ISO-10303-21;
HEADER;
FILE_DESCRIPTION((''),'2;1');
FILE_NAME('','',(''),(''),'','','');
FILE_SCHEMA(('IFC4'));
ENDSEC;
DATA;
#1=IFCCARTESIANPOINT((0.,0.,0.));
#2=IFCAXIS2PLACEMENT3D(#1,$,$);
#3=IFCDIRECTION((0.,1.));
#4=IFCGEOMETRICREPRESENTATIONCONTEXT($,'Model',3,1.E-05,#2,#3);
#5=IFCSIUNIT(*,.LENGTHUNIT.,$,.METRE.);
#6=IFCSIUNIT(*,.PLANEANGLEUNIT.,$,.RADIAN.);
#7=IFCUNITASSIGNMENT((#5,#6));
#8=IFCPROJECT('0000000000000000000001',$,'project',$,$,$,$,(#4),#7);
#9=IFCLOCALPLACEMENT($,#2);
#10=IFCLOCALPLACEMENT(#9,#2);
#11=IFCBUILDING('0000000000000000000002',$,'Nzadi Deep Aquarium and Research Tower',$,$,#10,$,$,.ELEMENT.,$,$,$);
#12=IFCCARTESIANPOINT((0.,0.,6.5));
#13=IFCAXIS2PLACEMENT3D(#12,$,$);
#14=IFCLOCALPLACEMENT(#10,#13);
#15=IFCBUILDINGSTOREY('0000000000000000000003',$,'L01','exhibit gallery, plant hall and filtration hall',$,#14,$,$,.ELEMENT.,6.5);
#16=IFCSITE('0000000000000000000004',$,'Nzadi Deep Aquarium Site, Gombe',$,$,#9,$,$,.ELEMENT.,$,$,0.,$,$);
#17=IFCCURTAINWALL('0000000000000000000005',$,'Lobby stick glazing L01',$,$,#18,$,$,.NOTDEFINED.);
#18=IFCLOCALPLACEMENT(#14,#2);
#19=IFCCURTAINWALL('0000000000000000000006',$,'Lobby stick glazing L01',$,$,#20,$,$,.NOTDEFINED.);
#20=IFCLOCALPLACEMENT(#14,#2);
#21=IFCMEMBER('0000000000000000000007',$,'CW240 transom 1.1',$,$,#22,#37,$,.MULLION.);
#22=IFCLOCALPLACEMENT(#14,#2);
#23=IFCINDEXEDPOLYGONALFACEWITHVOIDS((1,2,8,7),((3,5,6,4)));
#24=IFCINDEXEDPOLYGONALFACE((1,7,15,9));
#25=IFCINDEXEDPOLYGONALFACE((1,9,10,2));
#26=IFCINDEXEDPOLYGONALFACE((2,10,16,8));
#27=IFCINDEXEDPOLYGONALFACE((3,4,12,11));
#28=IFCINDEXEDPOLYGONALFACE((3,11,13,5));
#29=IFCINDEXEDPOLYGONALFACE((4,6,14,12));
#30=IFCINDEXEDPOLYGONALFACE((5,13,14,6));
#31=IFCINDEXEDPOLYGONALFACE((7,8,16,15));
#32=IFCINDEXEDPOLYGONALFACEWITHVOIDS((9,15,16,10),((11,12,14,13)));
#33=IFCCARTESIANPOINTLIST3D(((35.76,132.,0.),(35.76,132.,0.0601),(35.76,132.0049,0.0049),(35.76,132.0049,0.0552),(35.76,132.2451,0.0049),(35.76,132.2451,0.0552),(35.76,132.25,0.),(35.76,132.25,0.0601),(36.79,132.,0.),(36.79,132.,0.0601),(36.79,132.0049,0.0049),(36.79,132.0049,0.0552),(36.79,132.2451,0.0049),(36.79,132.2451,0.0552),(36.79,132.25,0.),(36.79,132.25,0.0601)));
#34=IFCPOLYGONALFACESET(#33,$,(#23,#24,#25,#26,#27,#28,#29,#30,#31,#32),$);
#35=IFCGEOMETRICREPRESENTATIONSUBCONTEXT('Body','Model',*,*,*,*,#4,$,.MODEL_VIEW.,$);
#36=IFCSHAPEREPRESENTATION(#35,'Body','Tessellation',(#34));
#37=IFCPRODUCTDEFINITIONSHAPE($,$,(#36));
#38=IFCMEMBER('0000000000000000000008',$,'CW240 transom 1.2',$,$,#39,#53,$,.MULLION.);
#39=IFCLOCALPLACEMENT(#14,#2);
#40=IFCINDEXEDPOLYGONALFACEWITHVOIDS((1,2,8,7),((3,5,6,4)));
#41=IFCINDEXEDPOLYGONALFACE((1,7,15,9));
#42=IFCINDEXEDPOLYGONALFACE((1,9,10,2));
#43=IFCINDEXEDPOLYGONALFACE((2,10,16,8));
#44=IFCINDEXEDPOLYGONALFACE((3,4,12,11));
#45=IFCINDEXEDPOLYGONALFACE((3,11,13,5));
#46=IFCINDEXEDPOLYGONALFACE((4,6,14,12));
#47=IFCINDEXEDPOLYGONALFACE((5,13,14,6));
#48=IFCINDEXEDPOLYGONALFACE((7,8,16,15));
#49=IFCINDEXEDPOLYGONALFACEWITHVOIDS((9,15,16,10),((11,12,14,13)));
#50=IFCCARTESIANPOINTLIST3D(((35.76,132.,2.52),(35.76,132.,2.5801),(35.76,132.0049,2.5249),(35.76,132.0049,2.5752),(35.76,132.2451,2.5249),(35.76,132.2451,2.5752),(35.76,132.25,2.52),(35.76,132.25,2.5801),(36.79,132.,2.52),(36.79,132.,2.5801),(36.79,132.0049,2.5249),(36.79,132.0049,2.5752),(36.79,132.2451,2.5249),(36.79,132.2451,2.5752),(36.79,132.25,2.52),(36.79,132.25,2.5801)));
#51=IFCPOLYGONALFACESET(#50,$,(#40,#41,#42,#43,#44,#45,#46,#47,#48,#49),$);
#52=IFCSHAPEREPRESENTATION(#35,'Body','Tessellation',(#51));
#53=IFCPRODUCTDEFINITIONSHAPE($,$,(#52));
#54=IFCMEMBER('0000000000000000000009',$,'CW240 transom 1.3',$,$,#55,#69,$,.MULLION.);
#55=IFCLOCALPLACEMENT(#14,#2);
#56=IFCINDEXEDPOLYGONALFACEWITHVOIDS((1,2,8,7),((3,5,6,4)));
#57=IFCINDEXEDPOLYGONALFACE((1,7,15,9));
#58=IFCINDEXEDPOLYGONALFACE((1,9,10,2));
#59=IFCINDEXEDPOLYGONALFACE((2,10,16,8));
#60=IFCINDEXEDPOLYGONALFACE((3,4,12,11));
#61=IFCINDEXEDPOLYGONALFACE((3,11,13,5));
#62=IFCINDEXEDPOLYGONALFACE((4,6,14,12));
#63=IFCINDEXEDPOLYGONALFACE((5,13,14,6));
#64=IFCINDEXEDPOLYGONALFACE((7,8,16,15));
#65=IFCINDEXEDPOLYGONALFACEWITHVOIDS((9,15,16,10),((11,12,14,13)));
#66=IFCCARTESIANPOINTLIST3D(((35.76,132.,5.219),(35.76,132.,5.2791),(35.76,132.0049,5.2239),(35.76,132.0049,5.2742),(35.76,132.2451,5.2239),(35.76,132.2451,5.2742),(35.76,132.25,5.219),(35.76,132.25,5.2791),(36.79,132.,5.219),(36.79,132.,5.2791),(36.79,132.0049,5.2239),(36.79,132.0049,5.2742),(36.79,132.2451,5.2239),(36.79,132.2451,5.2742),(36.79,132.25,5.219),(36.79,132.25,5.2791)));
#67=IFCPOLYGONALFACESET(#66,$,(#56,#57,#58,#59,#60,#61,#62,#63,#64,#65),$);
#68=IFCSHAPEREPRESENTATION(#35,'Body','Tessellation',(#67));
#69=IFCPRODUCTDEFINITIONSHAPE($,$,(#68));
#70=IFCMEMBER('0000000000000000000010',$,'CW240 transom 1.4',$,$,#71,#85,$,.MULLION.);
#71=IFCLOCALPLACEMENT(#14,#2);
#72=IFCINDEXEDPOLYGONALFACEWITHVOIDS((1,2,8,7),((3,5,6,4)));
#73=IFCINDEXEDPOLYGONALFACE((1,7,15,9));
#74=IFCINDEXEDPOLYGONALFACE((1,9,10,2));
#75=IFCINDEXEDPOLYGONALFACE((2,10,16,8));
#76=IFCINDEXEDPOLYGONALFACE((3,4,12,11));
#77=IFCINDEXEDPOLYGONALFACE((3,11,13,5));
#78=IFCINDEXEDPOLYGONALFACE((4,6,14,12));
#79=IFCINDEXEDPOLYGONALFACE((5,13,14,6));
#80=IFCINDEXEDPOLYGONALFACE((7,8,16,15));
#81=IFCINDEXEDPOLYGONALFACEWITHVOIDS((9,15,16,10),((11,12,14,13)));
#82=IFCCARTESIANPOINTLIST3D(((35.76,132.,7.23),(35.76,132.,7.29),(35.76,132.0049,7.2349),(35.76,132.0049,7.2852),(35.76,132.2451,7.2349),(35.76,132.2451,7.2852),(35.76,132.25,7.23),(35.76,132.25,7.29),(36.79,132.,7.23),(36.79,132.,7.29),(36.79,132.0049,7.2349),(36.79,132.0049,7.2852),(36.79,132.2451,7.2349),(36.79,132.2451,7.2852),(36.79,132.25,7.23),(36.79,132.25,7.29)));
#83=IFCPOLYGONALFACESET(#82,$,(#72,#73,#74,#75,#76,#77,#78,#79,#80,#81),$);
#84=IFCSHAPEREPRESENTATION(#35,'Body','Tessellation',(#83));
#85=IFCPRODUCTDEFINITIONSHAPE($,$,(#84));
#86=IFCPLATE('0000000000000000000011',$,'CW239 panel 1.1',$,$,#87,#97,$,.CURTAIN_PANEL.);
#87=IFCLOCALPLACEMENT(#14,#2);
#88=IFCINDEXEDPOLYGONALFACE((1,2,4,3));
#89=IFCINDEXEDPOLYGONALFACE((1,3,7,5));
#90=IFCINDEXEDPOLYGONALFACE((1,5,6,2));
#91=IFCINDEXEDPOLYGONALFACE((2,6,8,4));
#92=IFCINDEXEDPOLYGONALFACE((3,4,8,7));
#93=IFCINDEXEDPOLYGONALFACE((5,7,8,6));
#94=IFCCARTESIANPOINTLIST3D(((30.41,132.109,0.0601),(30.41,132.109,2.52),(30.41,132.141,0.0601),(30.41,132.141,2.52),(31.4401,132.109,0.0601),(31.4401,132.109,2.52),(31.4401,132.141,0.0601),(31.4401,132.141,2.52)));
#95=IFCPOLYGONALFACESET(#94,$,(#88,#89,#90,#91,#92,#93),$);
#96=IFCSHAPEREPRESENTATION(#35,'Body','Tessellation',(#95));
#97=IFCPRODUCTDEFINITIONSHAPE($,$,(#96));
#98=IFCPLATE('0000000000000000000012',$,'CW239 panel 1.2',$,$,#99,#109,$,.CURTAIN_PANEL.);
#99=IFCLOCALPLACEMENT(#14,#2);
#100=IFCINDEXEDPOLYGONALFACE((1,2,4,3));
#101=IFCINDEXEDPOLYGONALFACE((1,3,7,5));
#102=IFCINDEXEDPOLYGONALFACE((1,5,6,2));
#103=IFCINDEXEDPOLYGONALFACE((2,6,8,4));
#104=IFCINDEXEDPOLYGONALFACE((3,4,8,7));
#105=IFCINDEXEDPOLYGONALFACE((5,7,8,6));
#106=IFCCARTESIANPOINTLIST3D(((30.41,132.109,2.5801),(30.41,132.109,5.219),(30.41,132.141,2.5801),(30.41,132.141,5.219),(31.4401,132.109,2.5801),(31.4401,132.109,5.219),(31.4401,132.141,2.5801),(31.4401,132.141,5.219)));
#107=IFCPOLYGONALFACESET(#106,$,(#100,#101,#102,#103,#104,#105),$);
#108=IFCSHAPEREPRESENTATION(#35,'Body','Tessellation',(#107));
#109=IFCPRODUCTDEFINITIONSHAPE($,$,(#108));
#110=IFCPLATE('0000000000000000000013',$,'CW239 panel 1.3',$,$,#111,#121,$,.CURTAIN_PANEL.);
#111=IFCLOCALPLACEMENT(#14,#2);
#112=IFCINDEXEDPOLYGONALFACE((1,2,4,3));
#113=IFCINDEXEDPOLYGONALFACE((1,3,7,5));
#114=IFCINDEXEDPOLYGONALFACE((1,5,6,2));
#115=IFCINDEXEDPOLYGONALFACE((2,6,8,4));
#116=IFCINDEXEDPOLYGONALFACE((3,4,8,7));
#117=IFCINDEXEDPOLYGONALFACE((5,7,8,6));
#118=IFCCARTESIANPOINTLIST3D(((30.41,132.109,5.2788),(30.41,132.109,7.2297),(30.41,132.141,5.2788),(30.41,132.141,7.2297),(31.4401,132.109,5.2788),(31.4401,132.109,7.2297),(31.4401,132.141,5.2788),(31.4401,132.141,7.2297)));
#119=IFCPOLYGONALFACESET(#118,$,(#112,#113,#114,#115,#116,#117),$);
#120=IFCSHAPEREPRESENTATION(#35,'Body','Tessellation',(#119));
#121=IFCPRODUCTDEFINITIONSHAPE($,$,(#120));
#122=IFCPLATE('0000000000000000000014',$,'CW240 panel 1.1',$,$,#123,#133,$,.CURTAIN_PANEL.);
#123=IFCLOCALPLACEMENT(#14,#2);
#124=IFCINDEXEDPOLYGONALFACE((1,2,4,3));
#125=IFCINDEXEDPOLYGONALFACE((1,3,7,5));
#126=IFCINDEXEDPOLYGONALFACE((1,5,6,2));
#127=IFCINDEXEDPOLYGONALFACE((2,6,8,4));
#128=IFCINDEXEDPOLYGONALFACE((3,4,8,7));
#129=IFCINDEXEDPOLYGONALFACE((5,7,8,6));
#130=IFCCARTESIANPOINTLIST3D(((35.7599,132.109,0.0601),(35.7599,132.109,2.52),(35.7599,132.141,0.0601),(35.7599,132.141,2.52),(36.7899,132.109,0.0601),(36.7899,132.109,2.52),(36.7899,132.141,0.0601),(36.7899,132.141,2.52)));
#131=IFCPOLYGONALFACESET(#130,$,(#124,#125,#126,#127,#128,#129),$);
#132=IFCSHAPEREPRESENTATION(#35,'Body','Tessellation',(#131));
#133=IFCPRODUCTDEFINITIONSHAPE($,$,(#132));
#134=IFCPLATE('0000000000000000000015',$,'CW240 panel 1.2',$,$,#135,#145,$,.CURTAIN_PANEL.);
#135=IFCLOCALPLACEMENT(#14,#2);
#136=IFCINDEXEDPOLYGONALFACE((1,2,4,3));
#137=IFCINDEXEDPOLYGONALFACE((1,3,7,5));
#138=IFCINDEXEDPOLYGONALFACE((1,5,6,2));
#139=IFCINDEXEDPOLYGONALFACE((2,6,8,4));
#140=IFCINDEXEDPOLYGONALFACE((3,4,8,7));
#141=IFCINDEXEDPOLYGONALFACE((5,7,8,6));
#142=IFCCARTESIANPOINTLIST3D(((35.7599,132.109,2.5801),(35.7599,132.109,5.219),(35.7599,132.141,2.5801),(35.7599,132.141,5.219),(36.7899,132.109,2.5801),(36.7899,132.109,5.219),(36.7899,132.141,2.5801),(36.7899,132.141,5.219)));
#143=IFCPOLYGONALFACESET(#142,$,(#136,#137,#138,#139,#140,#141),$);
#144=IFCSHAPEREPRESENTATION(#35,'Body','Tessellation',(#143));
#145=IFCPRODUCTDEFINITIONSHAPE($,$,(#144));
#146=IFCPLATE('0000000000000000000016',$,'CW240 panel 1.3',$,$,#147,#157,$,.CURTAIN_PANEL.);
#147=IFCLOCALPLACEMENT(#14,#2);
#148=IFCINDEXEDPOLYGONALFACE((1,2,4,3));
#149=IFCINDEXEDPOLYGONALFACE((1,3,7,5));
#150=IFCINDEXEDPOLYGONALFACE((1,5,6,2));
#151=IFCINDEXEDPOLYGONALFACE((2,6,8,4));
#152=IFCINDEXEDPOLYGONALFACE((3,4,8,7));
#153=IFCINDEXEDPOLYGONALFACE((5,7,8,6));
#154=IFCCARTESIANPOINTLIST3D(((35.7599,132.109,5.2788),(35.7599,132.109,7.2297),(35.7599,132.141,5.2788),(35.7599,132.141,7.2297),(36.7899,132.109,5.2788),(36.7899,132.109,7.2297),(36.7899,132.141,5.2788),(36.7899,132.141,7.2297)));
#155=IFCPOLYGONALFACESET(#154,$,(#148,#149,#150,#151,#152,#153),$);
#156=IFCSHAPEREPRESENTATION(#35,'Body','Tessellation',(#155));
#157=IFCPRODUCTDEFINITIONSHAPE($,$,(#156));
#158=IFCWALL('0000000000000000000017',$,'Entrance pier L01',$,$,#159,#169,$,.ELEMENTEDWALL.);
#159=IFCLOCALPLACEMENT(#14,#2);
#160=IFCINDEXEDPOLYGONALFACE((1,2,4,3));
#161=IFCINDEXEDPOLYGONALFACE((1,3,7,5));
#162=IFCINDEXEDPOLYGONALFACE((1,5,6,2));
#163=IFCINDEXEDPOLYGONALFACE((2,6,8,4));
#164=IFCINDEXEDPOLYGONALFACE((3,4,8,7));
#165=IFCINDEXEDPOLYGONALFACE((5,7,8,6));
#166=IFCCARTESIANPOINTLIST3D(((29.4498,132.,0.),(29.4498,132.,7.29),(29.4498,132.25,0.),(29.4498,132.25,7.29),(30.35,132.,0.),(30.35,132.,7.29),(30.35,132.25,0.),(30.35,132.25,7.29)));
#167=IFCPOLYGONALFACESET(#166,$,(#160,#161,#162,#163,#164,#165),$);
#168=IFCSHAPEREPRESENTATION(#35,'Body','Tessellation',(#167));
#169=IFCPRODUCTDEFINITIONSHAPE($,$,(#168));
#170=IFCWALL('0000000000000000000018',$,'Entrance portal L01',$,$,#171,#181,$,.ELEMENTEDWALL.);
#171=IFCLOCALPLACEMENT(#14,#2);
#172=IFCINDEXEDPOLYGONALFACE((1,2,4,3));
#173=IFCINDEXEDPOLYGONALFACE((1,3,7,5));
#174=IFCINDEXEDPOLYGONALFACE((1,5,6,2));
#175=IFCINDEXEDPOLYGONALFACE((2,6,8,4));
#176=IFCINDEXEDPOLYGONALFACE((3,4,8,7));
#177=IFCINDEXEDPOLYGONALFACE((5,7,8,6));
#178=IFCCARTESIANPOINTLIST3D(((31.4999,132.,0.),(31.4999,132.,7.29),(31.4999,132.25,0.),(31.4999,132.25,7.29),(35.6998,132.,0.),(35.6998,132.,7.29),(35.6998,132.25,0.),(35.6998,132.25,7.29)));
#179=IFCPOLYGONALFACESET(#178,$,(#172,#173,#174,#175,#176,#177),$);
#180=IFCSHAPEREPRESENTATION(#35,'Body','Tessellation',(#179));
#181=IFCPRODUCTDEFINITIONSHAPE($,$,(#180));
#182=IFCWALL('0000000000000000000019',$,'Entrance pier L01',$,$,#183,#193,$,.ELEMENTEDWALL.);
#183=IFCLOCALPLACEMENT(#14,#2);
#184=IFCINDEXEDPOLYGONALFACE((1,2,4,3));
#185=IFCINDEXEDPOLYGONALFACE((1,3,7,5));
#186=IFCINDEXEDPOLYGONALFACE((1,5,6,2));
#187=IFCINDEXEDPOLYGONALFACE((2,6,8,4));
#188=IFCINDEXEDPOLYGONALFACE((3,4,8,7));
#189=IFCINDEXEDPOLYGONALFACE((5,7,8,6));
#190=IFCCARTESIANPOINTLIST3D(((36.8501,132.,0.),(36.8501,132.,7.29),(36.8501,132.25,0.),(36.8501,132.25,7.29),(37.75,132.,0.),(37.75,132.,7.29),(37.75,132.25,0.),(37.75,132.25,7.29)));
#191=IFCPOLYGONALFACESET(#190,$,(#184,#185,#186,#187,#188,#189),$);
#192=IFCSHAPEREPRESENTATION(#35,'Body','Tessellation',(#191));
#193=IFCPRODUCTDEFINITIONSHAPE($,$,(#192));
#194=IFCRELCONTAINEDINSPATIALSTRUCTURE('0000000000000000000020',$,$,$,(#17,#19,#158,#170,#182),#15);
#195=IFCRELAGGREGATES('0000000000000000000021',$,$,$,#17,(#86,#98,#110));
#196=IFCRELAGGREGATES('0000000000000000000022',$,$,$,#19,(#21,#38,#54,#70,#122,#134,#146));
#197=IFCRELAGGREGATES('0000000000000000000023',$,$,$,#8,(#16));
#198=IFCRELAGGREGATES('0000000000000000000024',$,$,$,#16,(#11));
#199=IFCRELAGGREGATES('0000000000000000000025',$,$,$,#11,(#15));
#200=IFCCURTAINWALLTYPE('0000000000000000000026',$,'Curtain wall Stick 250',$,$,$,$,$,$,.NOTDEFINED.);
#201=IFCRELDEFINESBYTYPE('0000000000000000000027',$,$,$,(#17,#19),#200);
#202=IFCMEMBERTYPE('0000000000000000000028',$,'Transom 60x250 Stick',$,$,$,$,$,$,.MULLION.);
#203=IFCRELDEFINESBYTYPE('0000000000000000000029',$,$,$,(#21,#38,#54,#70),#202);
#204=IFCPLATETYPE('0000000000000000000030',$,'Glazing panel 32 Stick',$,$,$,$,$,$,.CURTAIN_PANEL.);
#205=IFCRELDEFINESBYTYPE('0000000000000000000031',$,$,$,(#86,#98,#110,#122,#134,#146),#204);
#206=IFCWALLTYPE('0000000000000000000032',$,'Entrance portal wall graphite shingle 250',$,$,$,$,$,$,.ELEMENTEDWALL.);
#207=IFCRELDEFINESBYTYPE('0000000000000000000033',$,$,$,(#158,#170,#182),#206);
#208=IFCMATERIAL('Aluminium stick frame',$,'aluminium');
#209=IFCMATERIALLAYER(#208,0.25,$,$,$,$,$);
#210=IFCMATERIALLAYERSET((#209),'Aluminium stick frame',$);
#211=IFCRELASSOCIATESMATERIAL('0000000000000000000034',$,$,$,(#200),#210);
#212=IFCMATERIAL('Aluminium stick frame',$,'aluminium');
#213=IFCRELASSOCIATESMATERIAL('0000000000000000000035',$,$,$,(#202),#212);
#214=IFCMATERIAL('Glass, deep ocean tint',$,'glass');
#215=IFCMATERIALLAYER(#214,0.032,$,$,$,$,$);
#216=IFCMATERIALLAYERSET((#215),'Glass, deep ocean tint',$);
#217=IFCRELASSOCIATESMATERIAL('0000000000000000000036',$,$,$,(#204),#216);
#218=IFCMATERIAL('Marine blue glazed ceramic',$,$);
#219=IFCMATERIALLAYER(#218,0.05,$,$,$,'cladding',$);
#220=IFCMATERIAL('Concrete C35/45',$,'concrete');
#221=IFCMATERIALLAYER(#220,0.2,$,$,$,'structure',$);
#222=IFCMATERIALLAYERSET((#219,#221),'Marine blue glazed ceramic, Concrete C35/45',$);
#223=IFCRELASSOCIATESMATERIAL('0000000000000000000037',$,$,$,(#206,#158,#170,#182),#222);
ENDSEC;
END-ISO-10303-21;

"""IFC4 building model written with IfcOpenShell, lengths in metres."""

from ifc_helpers import new_model, si_unit, direction, frame, frame_2d, origin, origin_2d, place, context, subcontext, project, spatial, rectangle, hollow_rectangle, extrude, material, layer, layer_set, layer_usage, material_profile, profile_set, type_object, element, aggregate, save


model = new_model("IFC4")

# Units and contexts
model_context = context("Model", 3, precision=1e-05, world=origin(), true_north=direction((0.0, 1.0)))
body_context = subcontext(model_context, "Body", "Model", "MODEL_VIEW")
ifc_project = project(units=[si_unit("LENGTHUNIT", "METRE"), si_unit("PLANEANGLEUNIT", "RADIAN")], contexts=[model_context])

# Site, building, storey
site_placement = place(None, origin())
site = spatial("IfcSite", under=ifc_project, at=site_placement, Name="Nzadi Deep Aquarium Site, Gombe", CompositionType="ELEMENT", RefElevation=0.0)
building_placement = place(site_placement, origin())
building = spatial("IfcBuilding", under=site, at=building_placement, Name="Nzadi Deep Aquarium and Research Tower", CompositionType="ELEMENT")
storey_placement = place(building_placement, frame((0.0, 0.0, 6.5)))
storey = spatial("IfcBuildingStorey", under=building, at=storey_placement, Name="L01", Description="exhibit gallery, plant hall and filtration hall", CompositionType="ELEMENT", Elevation=6.5)

# Curtain walls
ifc_material_1 = material(Name="Aluminium stick frame", Category="aluminium")
ifc_layer_1 = layer(ifc_material_1, 0.25)
ifc_layer_set_1 = layer_set([ifc_layer_1], Name="Aluminium stick frame")
curtain_wall_type = type_object("IfcCurtainWallType", Name="Curtain wall Stick 250", PredefinedType="NOTDEFINED", material=ifc_layer_set_1)
curtain_wall_1_placement = place(storey_placement, origin())
curtain_wall_1 = element("IfcCurtainWall", 1, at=curtain_wall_1_placement, inside=storey, type_object=curtain_wall_type, Name="Lobby stick glazing L01", PredefinedType="NOTDEFINED")
curtain_wall_2_placement = place(storey_placement, origin())
curtain_wall_2 = element("IfcCurtainWall", 2, at=curtain_wall_2_placement, inside=storey, type_object=curtain_wall_type, Name="Lobby stick glazing L01", PredefinedType="NOTDEFINED")

# Members
ifc_material_2 = material(Name="Aluminium stick frame", Category="aluminium")
ifc_material_profile_1 = material_profile(ifc_material_2, hollow_rectangle(XDim=0.25, YDim=0.0601, WallThickness=0.0049, at=origin_2d()))
ifc_profile_set_1 = profile_set([ifc_material_profile_1], Name="Aluminium stick frame")
member_type_1 = type_object("IfcMemberType", Name="Transom 60x250 Stick", PredefinedType="MULLION", material=ifc_profile_set_1)
member_1_placement = place(storey_placement, frame((35.76, 132.125, 0.03), z_axis=(1.0, 0.0, 0.0), x_axis=(0.0, 1.0, 0.0)))
member_1 = element("IfcMember", 3, at=member_1_placement, type_object=member_type_1, Name="CW240 transom 1.1", PredefinedType="MULLION", context=body_context, shape_type="SweptSolid", body=[
    extrude(hollow_rectangle(XDim=0.25, YDim=0.0601, WallThickness=0.0049, at=origin_2d()), origin(), (0.0, 0.0, 1.0), 1.03),
])
member_2_placement = place(storey_placement, frame((35.76, 132.125, 2.55), z_axis=(1.0, 0.0, 0.0), x_axis=(0.0, 1.0, 0.0)))
member_2 = element("IfcMember", 4, at=member_2_placement, type_object=member_type_1, Name="CW240 transom 1.2", PredefinedType="MULLION", context=body_context, shape_type="SweptSolid", body=[
    extrude(hollow_rectangle(XDim=0.25, YDim=0.0601, WallThickness=0.0049, at=origin_2d()), origin(), (0.0, 0.0, 1.0), 1.03),
])
member_3_placement = place(storey_placement, frame((35.76, 132.125, 5.249), z_axis=(1.0, 0.0, 0.0), x_axis=(0.0, 1.0, 0.0)))
member_3 = element("IfcMember", 5, at=member_3_placement, type_object=member_type_1, Name="CW240 transom 1.3", PredefinedType="MULLION", context=body_context, shape_type="SweptSolid", body=[
    extrude(hollow_rectangle(XDim=0.25, YDim=0.0601, WallThickness=0.0049, at=origin_2d()), origin(), (0.0, 0.0, 1.0), 1.03),
])
member_4_placement = place(storey_placement, frame((35.76, 132.125, 7.26), z_axis=(1.0, 0.0, 0.0), x_axis=(0.0, 1.0, 0.0)))
member_4 = element("IfcMember", 6, at=member_4_placement, type_object=member_type_1, Name="CW240 transom 1.4", PredefinedType="MULLION", context=body_context, shape_type="SweptSolid", body=[
    extrude(hollow_rectangle(XDim=0.25, YDim=0.0601, WallThickness=0.0049, at=origin_2d()), origin(), (0.0, 0.0, 1.0), 1.03),
])

# Plates
ifc_material_3 = material(Name="Glass, deep ocean tint", Category="glass")
ifc_layer_2 = layer(ifc_material_3, 0.032)
ifc_layer_set_2 = layer_set([ifc_layer_2], Name="Glass, deep ocean tint")
plate_type = type_object("IfcPlateType", Name="Glazing panel 32 Stick", PredefinedType="CURTAIN_PANEL", material=ifc_layer_set_2)
plate_1_placement = place(storey_placement, frame((30.925, 132.125, 0.0601), z_axis=(0.0, 0.0, 1.0), x_axis=(1.0, 0.0, 0.0)))
plate_1 = element("IfcPlate", 7, at=plate_1_placement, type_object=plate_type, Name="CW239 panel 1.1", PredefinedType="CURTAIN_PANEL", context=body_context, shape_type="SweptSolid", body=[
    extrude(rectangle(XDim=1.03, YDim=0.032, at=origin_2d()), origin(), (0.0, 0.0, 1.0), 2.46),
])
plate_2_placement = place(storey_placement, frame((30.925, 132.125, 2.5801), z_axis=(0.0, 0.0, 1.0), x_axis=(1.0, 0.0, 0.0)))
plate_2 = element("IfcPlate", 8, at=plate_2_placement, type_object=plate_type, Name="CW239 panel 1.2", PredefinedType="CURTAIN_PANEL", context=body_context, shape_type="SweptSolid", body=[
    extrude(rectangle(XDim=1.03, YDim=0.032, at=origin_2d()), origin(), (0.0, 0.0, 1.0), 2.6389),
])
plate_3_placement = place(storey_placement, frame((30.925, 132.125, 5.2788), z_axis=(0.0, 0.0, 1.0), x_axis=(1.0, 0.0, 0.0)))
plate_3 = element("IfcPlate", 9, at=plate_3_placement, type_object=plate_type, Name="CW239 panel 1.3", PredefinedType="CURTAIN_PANEL", context=body_context, shape_type="SweptSolid", body=[
    extrude(rectangle(XDim=1.03, YDim=0.032, at=origin_2d()), origin(), (0.0, 0.0, 1.0), 1.9509),
])
aggregate(curtain_wall_1, [plate_1, plate_2, plate_3])
plate_4_placement = place(storey_placement, frame((36.2749, 132.125, 0.0601), z_axis=(0.0, 0.0, 1.0), x_axis=(1.0, 0.0, 0.0)))
plate_4 = element("IfcPlate", 10, at=plate_4_placement, type_object=plate_type, Name="CW240 panel 1.1", PredefinedType="CURTAIN_PANEL", context=body_context, shape_type="SweptSolid", body=[
    extrude(rectangle(XDim=1.03, YDim=0.032, at=origin_2d()), origin(), (0.0, 0.0, 1.0), 2.46),
])
plate_5_placement = place(storey_placement, frame((36.2749, 132.125, 2.5801), z_axis=(0.0, 0.0, 1.0), x_axis=(1.0, 0.0, 0.0)))
plate_5 = element("IfcPlate", 11, at=plate_5_placement, type_object=plate_type, Name="CW240 panel 1.2", PredefinedType="CURTAIN_PANEL", context=body_context, shape_type="SweptSolid", body=[
    extrude(rectangle(XDim=1.03, YDim=0.032, at=origin_2d()), origin(), (0.0, 0.0, 1.0), 2.6389),
])
plate_6_placement = place(storey_placement, frame((36.2749, 132.125, 5.2788), z_axis=(0.0, 0.0, 1.0), x_axis=(1.0, 0.0, 0.0)))
plate_6 = element("IfcPlate", 12, at=plate_6_placement, type_object=plate_type, Name="CW240 panel 1.3", PredefinedType="CURTAIN_PANEL", context=body_context, shape_type="SweptSolid", body=[
    extrude(rectangle(XDim=1.03, YDim=0.032, at=origin_2d()), origin(), (0.0, 0.0, 1.0), 1.9509),
])
aggregate(curtain_wall_2, [member_1, member_2, member_3, member_4, plate_4, plate_5, plate_6])

# Walls
ifc_material_4 = material(Name="Marine blue glazed ceramic")
ifc_layer_3 = layer(ifc_material_4, 0.05, Category="cladding")
ifc_material_5 = material(Name="Concrete C35/45", Category="concrete")
ifc_layer_4 = layer(ifc_material_5, 0.2, Category="structure")
ifc_layer_set_3 = layer_set([ifc_layer_3, ifc_layer_4], Name="Marine blue glazed ceramic, Concrete C35/45")
ifc_layer_usage_1 = layer_usage(ifc_layer_set_3, "AXIS2", "POSITIVE", -0.125)
wall_type = type_object("IfcWallType", Name="Entrance portal wall graphite shingle 250", PredefinedType="ELEMENTEDWALL", material=ifc_layer_set_3)
wall_1_placement = place(storey_placement, frame((30.3501, 132.125, 0.0), z_axis=(0.0, 0.0, 1.0), x_axis=(-1.0, 0.0, 0.0)))
element("IfcWall", 13, at=wall_1_placement, inside=storey, type_object=wall_type, material=ifc_layer_usage_1, Name="Entrance pier L01", PredefinedType="ELEMENTEDWALL", context=body_context, shape_type="SweptSolid", body=[
    extrude(rectangle(XDim=0.9001, YDim=0.25, at=frame_2d((0.4502, 0.0))), origin(), (0.0, 0.0, 1.0), 7.29),
])
ifc_layer_usage_2 = layer_usage(ifc_layer_set_3, "AXIS2", "POSITIVE", -0.125)
wall_2_placement = place(storey_placement, frame((35.7, 132.125, 0.0), z_axis=(0.0, 0.0, 1.0), x_axis=(-1.0, 0.0, 0.0)))
element("IfcWall", 14, at=wall_2_placement, inside=storey, type_object=wall_type, material=ifc_layer_usage_2, Name="Entrance portal L01", PredefinedType="ELEMENTEDWALL", context=body_context, shape_type="SweptSolid", body=[
    extrude(rectangle(XDim=4.2, YDim=0.25, at=frame_2d((2.1001, 0.0))), origin(), (0.0, 0.0, 1.0), 7.29),
])
ifc_layer_usage_3 = layer_usage(ifc_layer_set_3, "AXIS2", "POSITIVE", -0.125)
wall_3_placement = place(storey_placement, frame((37.75, 132.125, 0.0), z_axis=(0.0, 0.0, 1.0), x_axis=(-1.0, 0.0, 0.0)))
element("IfcWall", 15, at=wall_3_placement, inside=storey, type_object=wall_type, material=ifc_layer_usage_3, Name="Entrance pier L01", PredefinedType="ELEMENTEDWALL", context=body_context, shape_type="SweptSolid", body=[
    extrude(rectangle(XDim=0.8999, YDim=0.25, at=frame_2d((0.45, 0.0))), origin(), (0.0, 0.0, 1.0), 7.29),
])

save(model, "model.ifc")
